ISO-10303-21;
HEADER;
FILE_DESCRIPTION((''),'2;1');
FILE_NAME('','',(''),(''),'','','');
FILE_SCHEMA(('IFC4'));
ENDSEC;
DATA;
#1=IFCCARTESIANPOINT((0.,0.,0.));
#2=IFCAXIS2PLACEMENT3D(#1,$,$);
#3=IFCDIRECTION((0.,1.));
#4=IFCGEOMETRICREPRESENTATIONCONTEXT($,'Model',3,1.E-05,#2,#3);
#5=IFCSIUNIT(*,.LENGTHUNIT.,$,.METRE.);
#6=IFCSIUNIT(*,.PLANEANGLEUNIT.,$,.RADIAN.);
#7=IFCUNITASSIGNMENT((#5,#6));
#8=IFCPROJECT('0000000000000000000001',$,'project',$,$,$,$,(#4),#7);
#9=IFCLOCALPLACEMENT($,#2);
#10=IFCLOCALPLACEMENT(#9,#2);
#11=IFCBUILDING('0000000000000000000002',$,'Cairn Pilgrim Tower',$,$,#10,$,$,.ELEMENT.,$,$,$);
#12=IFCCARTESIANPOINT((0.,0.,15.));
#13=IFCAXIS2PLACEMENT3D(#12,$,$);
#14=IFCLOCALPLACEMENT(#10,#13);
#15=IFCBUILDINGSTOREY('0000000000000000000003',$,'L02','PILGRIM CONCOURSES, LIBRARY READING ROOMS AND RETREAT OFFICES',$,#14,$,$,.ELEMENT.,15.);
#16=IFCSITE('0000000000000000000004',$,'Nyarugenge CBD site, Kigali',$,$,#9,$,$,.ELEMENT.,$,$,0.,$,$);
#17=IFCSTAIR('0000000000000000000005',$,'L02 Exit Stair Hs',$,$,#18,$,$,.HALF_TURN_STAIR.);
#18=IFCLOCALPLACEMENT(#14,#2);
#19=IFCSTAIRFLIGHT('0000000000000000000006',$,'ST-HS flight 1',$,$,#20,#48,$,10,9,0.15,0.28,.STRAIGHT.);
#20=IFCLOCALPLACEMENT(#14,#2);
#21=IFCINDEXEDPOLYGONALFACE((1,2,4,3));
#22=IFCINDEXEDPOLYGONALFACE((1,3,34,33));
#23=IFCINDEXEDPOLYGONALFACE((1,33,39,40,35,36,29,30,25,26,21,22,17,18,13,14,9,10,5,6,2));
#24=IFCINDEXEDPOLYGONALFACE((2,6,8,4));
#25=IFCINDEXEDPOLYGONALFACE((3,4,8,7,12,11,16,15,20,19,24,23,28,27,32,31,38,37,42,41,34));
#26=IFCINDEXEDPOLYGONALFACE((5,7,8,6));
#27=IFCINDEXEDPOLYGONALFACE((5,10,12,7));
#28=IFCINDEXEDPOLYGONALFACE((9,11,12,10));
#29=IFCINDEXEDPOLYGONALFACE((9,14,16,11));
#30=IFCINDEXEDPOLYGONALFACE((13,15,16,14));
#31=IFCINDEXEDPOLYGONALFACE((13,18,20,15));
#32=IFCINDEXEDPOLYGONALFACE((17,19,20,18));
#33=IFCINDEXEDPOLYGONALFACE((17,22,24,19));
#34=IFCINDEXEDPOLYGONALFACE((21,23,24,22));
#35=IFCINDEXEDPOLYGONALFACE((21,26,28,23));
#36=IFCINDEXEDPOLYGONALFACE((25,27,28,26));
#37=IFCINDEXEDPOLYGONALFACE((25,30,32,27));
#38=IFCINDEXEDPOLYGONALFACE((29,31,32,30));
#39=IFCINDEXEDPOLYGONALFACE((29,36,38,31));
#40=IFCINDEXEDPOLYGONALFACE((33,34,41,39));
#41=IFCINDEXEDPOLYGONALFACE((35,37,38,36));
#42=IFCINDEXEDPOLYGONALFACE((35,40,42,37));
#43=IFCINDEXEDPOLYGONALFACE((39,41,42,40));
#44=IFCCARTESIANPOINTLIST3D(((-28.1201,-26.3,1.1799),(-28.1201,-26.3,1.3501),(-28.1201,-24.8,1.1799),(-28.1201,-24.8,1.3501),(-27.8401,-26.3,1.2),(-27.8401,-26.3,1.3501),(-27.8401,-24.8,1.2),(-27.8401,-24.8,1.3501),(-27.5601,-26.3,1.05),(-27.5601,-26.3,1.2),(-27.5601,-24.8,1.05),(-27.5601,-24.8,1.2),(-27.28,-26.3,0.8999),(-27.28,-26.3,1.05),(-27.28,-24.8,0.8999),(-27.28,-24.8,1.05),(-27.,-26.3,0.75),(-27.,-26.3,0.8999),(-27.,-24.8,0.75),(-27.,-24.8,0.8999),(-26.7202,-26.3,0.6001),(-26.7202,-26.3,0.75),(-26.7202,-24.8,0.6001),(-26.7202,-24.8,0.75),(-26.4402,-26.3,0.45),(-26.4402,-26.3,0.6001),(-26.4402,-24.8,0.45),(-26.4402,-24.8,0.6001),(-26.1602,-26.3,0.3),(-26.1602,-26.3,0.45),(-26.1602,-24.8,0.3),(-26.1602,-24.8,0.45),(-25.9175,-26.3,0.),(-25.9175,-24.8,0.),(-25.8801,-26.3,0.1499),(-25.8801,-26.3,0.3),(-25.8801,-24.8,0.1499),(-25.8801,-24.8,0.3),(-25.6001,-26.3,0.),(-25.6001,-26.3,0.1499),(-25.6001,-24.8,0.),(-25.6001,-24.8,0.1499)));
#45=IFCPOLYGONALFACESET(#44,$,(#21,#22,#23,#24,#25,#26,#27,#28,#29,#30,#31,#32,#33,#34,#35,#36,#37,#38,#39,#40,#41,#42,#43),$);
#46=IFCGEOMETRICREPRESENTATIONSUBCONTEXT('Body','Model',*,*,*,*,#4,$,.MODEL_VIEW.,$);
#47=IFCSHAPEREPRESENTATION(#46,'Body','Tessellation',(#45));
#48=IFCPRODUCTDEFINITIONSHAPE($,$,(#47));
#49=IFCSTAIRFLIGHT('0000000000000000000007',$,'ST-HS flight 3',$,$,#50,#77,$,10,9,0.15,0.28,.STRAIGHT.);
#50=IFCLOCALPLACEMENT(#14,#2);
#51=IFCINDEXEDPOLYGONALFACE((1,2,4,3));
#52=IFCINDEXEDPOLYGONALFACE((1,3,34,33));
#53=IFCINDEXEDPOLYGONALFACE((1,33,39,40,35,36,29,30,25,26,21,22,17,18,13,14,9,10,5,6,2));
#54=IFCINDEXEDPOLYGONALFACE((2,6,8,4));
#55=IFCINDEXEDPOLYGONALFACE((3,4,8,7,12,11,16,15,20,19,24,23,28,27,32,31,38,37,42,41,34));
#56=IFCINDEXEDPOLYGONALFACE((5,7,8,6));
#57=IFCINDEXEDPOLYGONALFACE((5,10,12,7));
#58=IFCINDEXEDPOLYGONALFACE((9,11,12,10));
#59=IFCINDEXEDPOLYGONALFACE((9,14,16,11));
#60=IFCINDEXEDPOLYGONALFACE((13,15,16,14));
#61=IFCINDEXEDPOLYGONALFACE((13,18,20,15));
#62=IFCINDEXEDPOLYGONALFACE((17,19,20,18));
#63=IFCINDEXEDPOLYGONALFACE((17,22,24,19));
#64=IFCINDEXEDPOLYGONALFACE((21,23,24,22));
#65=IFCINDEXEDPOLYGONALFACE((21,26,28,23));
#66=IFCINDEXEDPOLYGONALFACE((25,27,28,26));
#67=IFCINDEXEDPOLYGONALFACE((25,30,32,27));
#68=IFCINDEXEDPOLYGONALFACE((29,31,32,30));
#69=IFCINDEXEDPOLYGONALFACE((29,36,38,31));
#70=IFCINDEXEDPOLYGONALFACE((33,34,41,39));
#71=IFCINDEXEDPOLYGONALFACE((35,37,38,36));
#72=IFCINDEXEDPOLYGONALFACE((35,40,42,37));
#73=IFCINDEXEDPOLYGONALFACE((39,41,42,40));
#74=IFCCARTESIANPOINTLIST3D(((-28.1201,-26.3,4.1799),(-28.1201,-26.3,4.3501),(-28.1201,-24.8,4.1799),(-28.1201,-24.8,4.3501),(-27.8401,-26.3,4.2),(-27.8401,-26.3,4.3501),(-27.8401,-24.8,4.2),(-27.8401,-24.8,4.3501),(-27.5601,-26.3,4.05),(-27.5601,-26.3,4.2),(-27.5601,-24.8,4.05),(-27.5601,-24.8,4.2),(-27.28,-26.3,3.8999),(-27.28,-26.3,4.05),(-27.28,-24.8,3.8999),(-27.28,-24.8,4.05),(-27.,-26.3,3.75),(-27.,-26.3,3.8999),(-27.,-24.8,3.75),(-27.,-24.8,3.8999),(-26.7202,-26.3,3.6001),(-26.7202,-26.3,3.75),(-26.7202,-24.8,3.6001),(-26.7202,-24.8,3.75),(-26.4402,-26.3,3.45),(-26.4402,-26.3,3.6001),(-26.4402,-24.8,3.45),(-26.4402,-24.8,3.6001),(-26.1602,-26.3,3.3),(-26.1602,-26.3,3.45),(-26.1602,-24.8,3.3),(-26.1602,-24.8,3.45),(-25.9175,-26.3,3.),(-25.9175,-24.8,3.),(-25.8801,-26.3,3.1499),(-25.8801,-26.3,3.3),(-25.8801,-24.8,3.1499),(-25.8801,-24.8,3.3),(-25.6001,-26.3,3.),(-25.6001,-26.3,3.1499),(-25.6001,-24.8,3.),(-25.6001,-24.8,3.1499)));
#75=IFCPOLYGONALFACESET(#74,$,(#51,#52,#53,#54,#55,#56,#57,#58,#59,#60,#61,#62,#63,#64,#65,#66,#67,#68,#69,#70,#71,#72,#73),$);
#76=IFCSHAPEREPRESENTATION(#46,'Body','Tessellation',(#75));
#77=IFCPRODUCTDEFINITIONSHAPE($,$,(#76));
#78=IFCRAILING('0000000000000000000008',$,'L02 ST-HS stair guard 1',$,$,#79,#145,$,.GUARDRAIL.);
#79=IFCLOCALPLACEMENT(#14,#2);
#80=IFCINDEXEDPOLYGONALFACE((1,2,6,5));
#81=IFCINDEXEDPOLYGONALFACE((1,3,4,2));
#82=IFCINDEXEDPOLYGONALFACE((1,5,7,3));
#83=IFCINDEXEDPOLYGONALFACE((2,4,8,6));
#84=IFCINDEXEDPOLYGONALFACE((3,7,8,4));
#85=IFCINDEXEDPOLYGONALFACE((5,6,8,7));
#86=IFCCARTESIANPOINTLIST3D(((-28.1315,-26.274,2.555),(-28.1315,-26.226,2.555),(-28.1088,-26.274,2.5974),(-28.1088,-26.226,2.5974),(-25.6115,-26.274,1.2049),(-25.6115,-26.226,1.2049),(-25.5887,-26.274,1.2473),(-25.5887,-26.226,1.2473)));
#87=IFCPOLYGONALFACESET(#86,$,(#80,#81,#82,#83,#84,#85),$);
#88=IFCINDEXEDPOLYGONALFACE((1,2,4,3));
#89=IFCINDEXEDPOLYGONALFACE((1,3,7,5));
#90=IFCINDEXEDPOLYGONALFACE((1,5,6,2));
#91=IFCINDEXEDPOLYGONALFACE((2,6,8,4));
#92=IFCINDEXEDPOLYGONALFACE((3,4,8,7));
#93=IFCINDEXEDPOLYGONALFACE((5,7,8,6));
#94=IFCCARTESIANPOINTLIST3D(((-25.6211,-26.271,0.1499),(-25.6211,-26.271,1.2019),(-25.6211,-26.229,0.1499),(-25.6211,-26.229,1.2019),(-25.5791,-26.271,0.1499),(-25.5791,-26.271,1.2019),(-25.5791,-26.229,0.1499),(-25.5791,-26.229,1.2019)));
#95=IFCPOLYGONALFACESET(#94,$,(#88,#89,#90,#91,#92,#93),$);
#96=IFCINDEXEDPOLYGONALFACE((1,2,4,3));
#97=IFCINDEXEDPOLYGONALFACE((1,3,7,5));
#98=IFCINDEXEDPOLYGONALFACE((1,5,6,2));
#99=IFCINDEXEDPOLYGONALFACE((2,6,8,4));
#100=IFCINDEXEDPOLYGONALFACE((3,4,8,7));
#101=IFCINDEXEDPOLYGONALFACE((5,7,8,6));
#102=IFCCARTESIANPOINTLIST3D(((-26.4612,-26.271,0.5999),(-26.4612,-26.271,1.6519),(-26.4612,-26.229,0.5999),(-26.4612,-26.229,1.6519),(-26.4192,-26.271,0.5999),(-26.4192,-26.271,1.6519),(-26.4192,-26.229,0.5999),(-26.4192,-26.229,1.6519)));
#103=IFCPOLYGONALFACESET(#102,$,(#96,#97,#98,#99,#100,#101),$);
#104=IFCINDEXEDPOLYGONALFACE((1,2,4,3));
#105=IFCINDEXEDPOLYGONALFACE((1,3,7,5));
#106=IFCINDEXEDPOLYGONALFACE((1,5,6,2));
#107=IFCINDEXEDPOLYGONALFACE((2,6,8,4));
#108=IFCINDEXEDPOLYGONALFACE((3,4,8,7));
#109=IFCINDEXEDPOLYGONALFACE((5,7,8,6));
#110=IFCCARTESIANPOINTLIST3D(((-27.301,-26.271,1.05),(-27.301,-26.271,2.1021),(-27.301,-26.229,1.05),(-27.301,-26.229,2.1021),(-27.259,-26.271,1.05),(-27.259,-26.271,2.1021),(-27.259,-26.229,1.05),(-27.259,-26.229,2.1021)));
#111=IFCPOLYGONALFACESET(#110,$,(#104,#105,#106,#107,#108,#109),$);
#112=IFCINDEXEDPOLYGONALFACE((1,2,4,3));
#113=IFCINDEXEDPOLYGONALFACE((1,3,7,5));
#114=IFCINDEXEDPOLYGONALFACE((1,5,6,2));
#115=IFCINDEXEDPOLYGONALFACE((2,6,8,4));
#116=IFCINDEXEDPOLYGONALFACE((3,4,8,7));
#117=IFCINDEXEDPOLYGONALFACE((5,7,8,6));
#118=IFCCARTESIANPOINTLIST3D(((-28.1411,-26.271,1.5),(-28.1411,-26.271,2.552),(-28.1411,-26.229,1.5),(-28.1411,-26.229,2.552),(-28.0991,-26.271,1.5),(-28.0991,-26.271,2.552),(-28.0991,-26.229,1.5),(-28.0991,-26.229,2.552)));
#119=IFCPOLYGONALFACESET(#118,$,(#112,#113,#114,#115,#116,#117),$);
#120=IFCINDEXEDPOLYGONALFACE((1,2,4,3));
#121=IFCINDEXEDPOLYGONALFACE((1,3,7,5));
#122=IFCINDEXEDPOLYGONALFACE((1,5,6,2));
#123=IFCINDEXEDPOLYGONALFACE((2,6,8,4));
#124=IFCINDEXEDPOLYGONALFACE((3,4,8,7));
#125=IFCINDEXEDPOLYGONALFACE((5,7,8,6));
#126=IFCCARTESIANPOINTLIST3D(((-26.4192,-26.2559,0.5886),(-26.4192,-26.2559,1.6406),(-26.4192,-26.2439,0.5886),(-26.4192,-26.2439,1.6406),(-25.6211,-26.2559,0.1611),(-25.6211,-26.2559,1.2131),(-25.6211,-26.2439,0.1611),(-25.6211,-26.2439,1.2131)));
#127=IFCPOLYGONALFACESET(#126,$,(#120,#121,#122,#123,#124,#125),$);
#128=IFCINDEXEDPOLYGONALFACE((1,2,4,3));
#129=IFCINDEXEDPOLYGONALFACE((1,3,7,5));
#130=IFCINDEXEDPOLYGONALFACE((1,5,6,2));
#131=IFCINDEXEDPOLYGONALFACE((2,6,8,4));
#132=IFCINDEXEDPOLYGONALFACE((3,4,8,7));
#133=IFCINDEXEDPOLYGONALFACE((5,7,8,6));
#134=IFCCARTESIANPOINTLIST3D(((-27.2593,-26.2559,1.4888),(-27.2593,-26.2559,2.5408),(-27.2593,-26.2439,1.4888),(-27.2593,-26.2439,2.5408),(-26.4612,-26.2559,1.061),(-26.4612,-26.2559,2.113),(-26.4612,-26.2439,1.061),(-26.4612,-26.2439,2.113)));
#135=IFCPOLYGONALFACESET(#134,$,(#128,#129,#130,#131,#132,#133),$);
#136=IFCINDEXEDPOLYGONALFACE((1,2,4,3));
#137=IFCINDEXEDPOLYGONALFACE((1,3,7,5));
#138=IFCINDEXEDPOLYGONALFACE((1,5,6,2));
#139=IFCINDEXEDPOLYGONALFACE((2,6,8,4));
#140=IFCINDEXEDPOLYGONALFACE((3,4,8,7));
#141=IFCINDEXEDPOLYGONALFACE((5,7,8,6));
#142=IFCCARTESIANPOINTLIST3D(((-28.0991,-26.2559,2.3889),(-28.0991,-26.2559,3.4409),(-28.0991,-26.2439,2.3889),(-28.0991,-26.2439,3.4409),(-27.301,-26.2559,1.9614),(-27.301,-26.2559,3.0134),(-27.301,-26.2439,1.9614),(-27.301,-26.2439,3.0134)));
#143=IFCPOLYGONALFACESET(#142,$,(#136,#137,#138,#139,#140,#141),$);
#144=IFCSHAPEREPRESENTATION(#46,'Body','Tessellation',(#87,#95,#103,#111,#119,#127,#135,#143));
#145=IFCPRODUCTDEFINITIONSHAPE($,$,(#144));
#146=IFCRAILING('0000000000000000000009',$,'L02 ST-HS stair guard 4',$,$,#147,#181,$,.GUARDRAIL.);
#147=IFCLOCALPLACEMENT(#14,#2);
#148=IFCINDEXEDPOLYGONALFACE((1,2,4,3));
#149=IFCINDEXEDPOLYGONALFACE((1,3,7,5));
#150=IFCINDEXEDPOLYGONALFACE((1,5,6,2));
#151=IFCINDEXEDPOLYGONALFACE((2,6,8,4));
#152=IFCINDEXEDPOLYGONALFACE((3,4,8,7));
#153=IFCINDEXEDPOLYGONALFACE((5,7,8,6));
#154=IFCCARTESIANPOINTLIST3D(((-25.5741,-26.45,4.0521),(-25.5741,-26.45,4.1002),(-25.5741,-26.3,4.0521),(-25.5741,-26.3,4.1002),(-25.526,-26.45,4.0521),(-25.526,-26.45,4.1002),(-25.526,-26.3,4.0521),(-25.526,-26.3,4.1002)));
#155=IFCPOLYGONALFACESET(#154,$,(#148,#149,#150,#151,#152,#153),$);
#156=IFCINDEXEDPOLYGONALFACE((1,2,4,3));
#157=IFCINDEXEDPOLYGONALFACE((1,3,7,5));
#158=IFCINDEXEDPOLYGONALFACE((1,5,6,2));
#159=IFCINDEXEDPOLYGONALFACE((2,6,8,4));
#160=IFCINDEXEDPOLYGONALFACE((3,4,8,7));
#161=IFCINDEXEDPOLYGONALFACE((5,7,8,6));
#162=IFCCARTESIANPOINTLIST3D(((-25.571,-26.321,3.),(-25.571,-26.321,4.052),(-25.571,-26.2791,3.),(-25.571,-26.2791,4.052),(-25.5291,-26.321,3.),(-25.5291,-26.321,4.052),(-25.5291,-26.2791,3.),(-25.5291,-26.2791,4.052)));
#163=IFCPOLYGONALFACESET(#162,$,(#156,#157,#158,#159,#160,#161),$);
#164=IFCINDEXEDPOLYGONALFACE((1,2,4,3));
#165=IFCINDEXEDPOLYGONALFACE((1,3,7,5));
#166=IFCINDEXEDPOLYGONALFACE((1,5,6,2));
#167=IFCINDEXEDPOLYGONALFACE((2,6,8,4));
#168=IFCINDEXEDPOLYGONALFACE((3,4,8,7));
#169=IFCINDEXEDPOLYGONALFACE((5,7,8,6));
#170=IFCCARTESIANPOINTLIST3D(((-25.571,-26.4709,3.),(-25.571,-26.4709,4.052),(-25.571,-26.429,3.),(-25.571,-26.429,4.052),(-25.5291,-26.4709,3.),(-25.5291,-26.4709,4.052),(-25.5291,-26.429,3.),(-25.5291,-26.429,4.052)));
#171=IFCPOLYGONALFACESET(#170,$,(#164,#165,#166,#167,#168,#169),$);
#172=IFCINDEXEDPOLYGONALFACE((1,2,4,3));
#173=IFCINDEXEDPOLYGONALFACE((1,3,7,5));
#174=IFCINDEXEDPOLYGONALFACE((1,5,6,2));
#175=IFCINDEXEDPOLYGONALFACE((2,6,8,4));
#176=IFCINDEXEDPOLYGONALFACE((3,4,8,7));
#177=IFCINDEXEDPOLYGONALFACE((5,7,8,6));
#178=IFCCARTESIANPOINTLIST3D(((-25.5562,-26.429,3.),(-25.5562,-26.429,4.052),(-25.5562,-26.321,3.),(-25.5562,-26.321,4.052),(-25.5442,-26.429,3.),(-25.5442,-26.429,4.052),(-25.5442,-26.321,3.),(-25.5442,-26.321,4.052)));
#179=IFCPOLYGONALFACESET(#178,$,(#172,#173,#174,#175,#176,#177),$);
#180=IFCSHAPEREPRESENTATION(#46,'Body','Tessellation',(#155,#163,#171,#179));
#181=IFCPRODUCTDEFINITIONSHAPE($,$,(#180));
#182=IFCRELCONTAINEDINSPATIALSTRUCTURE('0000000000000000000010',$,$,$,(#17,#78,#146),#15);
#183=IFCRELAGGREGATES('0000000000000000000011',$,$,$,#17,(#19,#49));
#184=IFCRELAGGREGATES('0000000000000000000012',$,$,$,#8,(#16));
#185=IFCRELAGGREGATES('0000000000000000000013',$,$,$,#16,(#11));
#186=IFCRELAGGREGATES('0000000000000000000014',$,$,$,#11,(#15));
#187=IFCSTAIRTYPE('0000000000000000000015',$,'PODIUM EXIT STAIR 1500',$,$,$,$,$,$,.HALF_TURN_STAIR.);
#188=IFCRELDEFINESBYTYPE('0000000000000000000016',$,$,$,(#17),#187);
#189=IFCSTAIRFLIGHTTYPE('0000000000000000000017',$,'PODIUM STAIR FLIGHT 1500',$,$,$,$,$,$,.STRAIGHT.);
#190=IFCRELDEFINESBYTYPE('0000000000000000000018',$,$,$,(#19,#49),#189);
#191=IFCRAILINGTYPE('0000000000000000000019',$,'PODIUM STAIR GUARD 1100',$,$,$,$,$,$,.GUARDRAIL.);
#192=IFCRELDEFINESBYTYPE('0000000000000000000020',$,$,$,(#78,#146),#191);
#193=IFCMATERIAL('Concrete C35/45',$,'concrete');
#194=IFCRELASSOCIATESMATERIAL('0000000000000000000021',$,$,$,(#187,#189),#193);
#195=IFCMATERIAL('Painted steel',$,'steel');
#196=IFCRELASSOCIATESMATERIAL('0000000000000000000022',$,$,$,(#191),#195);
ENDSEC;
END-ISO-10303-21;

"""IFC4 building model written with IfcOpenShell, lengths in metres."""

from ifc_helpers import new_model, si_unit, direction, frame, origin, origin_2d, place, context, subcontext, project, spatial, polyline, rectangle, outline, extrude, material, type_object, element, aggregate, save


model = new_model("IFC4")

# Units and contexts
model_context = context("Model", 3, precision=1e-05, world=origin(), true_north=direction((0.0, 1.0)))
body_context = subcontext(model_context, "Body", "Model", "MODEL_VIEW")
ifc_project = project(units=[si_unit("LENGTHUNIT", "METRE"), si_unit("PLANEANGLEUNIT", "RADIAN")], contexts=[model_context])

# Site, building, storey
site_placement = place(None, origin())
site = spatial("IfcSite", under=ifc_project, at=site_placement, Name="Nyarugenge CBD site, Kigali", CompositionType="ELEMENT", RefElevation=0.0)
building_placement = place(site_placement, origin())
building = spatial("IfcBuilding", under=site, at=building_placement, Name="Cairn Pilgrim Tower", CompositionType="ELEMENT")
storey_placement = place(building_placement, frame((0.0, 0.0, 15.0)))
storey = spatial("IfcBuildingStorey", under=building, at=storey_placement, Name="L02", Description="PILGRIM CONCOURSES, LIBRARY READING ROOMS AND RETREAT OFFICES", CompositionType="ELEMENT", Elevation=15.0)

# Shared definitions
ifc_material_1 = material(Name="Concrete C35/45", Category="concrete")

# Stair, stair flights
stair_type = type_object("IfcStairType", Name="PODIUM EXIT STAIR 1500", PredefinedType="HALF_TURN_STAIR", material=ifc_material_1)
stair_placement = place(storey_placement, origin())
stair = element("IfcStair", 1, at=stair_placement, inside=storey, type_object=stair_type, Name="L02 Exit Stair Hs", PredefinedType="HALF_TURN_STAIR")
stair_flight_type = type_object("IfcStairFlightType", Name="PODIUM STAIR FLIGHT 1500", PredefinedType="STRAIGHT", material=ifc_material_1)
stair_flight_1_placement = place(storey_placement, frame((-25.6001, -25.55, 0.0), z_axis=(0.0, 0.0, 1.0), x_axis=(-1.0, 0.0, 0.0)))
stair_flight_1 = element("IfcStairFlight", 2, at=stair_flight_1_placement, type_object=stair_flight_type, Name="ST-HS flight 1", NumberOfRisers=10, NumberOfTreads=9, PredefinedType="STRAIGHT", RiserHeight=0.15, TreadLength=0.28, context=body_context, shape_type="SweptSolid", body=[
    extrude(outline(polyline([(0.0, 0.0), (0.0, 0.1499), (0.28, 0.1499), (0.28, 0.3), (0.5601, 0.3), (0.5601, 0.45), (0.8401, 0.45), (0.8401, 0.6001), (1.1201, 0.6001), (1.1201, 0.75), (1.3999, 0.75), (1.3999, 0.8999), (1.6799, 0.8999), (1.6799, 1.05), (1.96, 1.05), (1.96, 1.2), (2.24, 1.2), (2.24, 1.3501), (2.52, 1.3501), (2.52, 1.5), (2.52, 1.1799), (0.3174, 0.0), (0.0, 0.0)])), frame((0.0, 0.75, 0.0), z_axis=(0.0, -1.0, 0.0), x_axis=(1.0, 0.0, 0.0)), (0.0, 0.0, 1.0), 1.5),
])
stair_flight_2_placement = place(storey_placement, frame((-25.6001, -25.55, 3.0), z_axis=(0.0, 0.0, 1.0), x_axis=(-1.0, 0.0, 0.0)))
stair_flight_2 = element("IfcStairFlight", 3, at=stair_flight_2_placement, type_object=stair_flight_type, Name="ST-HS flight 3", NumberOfRisers=10, NumberOfTreads=9, PredefinedType="STRAIGHT", RiserHeight=0.15, TreadLength=0.28, context=body_context, shape_type="SweptSolid", body=[
    extrude(outline(polyline([(0.0, 0.0), (0.0, 0.1499), (0.28, 0.1499), (0.28, 0.3), (0.5601, 0.3), (0.5601, 0.45), (0.8401, 0.45), (0.8401, 0.6001), (1.1201, 0.6001), (1.1201, 0.75), (1.3999, 0.75), (1.3999, 0.8999), (1.6799, 0.8999), (1.6799, 1.05), (1.96, 1.05), (1.96, 1.2), (2.24, 1.2), (2.24, 1.3501), (2.52, 1.3501), (2.52, 1.5), (2.52, 1.1799), (0.3174, 0.0), (0.0, 0.0)])), frame((0.0, 0.75, 0.0), z_axis=(0.0, -1.0, 0.0), x_axis=(1.0, 0.0, 0.0)), (0.0, 0.0, 1.0), 1.5),
])
aggregate(stair, [stair_flight_1, stair_flight_2])

# Railings
ifc_material_2 = material(Name="Painted steel", Category="steel")
railing_type_1 = type_object("IfcRailingType", Name="PODIUM STAIR GUARD 1100", PredefinedType="GUARDRAIL", material=ifc_material_2)
railing_1_placement = place(storey_placement, frame((-25.6001, -26.25, 0.1499)))
element("IfcRailing", 4, at=railing_1_placement, inside=storey, type_object=railing_type_1, Name="L02 ST-HS stair guard 1", PredefinedType="GUARDRAIL", context=body_context, shape_type="SweptSolid", body=[
    extrude(rectangle(XDim=0.0481, YDim=0.0481, at=origin_2d()), frame((0.0, 0.0, 1.0762), z_axis=(-0.881467, 0.0, 0.472245), x_axis=(0.0, -1.0, 0.0)), (0.0, 0.0, 1.0), 2.8589),
    extrude(rectangle(XDim=0.042, YDim=0.042, at=origin_2d()), origin(), (0.0, 0.0, 1.0), 1.052),
    extrude(rectangle(XDim=0.042, YDim=0.042, at=origin_2d()), frame((-0.8401, 0.0, 0.45)), (0.0, 0.0, 1.0), 1.052),
    extrude(rectangle(XDim=0.042, YDim=0.042, at=origin_2d()), frame((-1.6799, 0.0, 0.9001)), (0.0, 0.0, 1.0), 1.052),
    extrude(rectangle(XDim=0.042, YDim=0.042, at=origin_2d()), frame((-2.52, 0.0, 1.3501)), (0.0, 0.0, 1.0), 1.052),
    extrude(outline(polyline([(0.021, 0.0112), (0.8191, 0.4387), (0.8191, 1.4907), (0.021, 1.0632), (0.021, 0.0112)])), frame((0.0, -0.0059, 0.0), z_axis=(0.0, 1.0, 0.0), x_axis=(-1.0, 0.0, 0.0)), (0.0, 0.0, 1.0), 0.012),
    extrude(outline(polyline([(0.021, 0.4612), (0.8191, 0.8889), (0.8191, 1.9409), (0.021, 1.5132), (0.021, 0.4612)])), frame((-0.8401, -0.0059, 0.45), z_axis=(0.0, 1.0, 0.0), x_axis=(-1.0, 0.0, 0.0)), (0.0, 0.0, 1.0), 0.012),
    extrude(outline(polyline([(0.021, 0.9114), (0.8191, 1.3389), (0.8191, 2.3909), (0.021, 1.9634), (0.021, 0.9114)])), frame((-1.6799, -0.0059, 0.9001), z_axis=(0.0, 1.0, 0.0), x_axis=(-1.0, 0.0, 0.0)), (0.0, 0.0, 1.0), 0.012),
])
railing_2_placement = place(storey_placement, frame((-25.55, -26.3, 3.0)))
element("IfcRailing", 5, at=railing_2_placement, inside=storey, type_object=railing_type_1, Name="L02 ST-HS stair guard 4", PredefinedType="GUARDRAIL", context=body_context, shape_type="SweptSolid", body=[
    extrude(rectangle(XDim=0.0481, YDim=0.0481, at=origin_2d()), frame((0.0, 0.0, 1.0762), z_axis=(0.0, -1.0, 0.0), x_axis=(1.0, 0.0, 0.0)), (0.0, 0.0, 1.0), 0.1499),
    extrude(rectangle(XDim=0.042, YDim=0.042, at=origin_2d()), origin(), (0.0, 0.0, 1.0), 1.052),
    extrude(rectangle(XDim=0.042, YDim=0.042, at=origin_2d()), frame((0.0, -0.1499, 0.0)), (0.0, 0.0, 1.0), 1.052),
    extrude(outline(polyline([(0.021, 0.0), (0.1289, 0.0), (0.1289, 1.052), (0.021, 1.052), (0.021, 0.0)])), frame((0.0059, 0.0, 0.0), z_axis=(-1.0, 0.0, 0.0), x_axis=(0.0, -1.0, 0.0)), (0.0, 0.0, 1.0), 0.012),
])

save(model, "model.ifc")
